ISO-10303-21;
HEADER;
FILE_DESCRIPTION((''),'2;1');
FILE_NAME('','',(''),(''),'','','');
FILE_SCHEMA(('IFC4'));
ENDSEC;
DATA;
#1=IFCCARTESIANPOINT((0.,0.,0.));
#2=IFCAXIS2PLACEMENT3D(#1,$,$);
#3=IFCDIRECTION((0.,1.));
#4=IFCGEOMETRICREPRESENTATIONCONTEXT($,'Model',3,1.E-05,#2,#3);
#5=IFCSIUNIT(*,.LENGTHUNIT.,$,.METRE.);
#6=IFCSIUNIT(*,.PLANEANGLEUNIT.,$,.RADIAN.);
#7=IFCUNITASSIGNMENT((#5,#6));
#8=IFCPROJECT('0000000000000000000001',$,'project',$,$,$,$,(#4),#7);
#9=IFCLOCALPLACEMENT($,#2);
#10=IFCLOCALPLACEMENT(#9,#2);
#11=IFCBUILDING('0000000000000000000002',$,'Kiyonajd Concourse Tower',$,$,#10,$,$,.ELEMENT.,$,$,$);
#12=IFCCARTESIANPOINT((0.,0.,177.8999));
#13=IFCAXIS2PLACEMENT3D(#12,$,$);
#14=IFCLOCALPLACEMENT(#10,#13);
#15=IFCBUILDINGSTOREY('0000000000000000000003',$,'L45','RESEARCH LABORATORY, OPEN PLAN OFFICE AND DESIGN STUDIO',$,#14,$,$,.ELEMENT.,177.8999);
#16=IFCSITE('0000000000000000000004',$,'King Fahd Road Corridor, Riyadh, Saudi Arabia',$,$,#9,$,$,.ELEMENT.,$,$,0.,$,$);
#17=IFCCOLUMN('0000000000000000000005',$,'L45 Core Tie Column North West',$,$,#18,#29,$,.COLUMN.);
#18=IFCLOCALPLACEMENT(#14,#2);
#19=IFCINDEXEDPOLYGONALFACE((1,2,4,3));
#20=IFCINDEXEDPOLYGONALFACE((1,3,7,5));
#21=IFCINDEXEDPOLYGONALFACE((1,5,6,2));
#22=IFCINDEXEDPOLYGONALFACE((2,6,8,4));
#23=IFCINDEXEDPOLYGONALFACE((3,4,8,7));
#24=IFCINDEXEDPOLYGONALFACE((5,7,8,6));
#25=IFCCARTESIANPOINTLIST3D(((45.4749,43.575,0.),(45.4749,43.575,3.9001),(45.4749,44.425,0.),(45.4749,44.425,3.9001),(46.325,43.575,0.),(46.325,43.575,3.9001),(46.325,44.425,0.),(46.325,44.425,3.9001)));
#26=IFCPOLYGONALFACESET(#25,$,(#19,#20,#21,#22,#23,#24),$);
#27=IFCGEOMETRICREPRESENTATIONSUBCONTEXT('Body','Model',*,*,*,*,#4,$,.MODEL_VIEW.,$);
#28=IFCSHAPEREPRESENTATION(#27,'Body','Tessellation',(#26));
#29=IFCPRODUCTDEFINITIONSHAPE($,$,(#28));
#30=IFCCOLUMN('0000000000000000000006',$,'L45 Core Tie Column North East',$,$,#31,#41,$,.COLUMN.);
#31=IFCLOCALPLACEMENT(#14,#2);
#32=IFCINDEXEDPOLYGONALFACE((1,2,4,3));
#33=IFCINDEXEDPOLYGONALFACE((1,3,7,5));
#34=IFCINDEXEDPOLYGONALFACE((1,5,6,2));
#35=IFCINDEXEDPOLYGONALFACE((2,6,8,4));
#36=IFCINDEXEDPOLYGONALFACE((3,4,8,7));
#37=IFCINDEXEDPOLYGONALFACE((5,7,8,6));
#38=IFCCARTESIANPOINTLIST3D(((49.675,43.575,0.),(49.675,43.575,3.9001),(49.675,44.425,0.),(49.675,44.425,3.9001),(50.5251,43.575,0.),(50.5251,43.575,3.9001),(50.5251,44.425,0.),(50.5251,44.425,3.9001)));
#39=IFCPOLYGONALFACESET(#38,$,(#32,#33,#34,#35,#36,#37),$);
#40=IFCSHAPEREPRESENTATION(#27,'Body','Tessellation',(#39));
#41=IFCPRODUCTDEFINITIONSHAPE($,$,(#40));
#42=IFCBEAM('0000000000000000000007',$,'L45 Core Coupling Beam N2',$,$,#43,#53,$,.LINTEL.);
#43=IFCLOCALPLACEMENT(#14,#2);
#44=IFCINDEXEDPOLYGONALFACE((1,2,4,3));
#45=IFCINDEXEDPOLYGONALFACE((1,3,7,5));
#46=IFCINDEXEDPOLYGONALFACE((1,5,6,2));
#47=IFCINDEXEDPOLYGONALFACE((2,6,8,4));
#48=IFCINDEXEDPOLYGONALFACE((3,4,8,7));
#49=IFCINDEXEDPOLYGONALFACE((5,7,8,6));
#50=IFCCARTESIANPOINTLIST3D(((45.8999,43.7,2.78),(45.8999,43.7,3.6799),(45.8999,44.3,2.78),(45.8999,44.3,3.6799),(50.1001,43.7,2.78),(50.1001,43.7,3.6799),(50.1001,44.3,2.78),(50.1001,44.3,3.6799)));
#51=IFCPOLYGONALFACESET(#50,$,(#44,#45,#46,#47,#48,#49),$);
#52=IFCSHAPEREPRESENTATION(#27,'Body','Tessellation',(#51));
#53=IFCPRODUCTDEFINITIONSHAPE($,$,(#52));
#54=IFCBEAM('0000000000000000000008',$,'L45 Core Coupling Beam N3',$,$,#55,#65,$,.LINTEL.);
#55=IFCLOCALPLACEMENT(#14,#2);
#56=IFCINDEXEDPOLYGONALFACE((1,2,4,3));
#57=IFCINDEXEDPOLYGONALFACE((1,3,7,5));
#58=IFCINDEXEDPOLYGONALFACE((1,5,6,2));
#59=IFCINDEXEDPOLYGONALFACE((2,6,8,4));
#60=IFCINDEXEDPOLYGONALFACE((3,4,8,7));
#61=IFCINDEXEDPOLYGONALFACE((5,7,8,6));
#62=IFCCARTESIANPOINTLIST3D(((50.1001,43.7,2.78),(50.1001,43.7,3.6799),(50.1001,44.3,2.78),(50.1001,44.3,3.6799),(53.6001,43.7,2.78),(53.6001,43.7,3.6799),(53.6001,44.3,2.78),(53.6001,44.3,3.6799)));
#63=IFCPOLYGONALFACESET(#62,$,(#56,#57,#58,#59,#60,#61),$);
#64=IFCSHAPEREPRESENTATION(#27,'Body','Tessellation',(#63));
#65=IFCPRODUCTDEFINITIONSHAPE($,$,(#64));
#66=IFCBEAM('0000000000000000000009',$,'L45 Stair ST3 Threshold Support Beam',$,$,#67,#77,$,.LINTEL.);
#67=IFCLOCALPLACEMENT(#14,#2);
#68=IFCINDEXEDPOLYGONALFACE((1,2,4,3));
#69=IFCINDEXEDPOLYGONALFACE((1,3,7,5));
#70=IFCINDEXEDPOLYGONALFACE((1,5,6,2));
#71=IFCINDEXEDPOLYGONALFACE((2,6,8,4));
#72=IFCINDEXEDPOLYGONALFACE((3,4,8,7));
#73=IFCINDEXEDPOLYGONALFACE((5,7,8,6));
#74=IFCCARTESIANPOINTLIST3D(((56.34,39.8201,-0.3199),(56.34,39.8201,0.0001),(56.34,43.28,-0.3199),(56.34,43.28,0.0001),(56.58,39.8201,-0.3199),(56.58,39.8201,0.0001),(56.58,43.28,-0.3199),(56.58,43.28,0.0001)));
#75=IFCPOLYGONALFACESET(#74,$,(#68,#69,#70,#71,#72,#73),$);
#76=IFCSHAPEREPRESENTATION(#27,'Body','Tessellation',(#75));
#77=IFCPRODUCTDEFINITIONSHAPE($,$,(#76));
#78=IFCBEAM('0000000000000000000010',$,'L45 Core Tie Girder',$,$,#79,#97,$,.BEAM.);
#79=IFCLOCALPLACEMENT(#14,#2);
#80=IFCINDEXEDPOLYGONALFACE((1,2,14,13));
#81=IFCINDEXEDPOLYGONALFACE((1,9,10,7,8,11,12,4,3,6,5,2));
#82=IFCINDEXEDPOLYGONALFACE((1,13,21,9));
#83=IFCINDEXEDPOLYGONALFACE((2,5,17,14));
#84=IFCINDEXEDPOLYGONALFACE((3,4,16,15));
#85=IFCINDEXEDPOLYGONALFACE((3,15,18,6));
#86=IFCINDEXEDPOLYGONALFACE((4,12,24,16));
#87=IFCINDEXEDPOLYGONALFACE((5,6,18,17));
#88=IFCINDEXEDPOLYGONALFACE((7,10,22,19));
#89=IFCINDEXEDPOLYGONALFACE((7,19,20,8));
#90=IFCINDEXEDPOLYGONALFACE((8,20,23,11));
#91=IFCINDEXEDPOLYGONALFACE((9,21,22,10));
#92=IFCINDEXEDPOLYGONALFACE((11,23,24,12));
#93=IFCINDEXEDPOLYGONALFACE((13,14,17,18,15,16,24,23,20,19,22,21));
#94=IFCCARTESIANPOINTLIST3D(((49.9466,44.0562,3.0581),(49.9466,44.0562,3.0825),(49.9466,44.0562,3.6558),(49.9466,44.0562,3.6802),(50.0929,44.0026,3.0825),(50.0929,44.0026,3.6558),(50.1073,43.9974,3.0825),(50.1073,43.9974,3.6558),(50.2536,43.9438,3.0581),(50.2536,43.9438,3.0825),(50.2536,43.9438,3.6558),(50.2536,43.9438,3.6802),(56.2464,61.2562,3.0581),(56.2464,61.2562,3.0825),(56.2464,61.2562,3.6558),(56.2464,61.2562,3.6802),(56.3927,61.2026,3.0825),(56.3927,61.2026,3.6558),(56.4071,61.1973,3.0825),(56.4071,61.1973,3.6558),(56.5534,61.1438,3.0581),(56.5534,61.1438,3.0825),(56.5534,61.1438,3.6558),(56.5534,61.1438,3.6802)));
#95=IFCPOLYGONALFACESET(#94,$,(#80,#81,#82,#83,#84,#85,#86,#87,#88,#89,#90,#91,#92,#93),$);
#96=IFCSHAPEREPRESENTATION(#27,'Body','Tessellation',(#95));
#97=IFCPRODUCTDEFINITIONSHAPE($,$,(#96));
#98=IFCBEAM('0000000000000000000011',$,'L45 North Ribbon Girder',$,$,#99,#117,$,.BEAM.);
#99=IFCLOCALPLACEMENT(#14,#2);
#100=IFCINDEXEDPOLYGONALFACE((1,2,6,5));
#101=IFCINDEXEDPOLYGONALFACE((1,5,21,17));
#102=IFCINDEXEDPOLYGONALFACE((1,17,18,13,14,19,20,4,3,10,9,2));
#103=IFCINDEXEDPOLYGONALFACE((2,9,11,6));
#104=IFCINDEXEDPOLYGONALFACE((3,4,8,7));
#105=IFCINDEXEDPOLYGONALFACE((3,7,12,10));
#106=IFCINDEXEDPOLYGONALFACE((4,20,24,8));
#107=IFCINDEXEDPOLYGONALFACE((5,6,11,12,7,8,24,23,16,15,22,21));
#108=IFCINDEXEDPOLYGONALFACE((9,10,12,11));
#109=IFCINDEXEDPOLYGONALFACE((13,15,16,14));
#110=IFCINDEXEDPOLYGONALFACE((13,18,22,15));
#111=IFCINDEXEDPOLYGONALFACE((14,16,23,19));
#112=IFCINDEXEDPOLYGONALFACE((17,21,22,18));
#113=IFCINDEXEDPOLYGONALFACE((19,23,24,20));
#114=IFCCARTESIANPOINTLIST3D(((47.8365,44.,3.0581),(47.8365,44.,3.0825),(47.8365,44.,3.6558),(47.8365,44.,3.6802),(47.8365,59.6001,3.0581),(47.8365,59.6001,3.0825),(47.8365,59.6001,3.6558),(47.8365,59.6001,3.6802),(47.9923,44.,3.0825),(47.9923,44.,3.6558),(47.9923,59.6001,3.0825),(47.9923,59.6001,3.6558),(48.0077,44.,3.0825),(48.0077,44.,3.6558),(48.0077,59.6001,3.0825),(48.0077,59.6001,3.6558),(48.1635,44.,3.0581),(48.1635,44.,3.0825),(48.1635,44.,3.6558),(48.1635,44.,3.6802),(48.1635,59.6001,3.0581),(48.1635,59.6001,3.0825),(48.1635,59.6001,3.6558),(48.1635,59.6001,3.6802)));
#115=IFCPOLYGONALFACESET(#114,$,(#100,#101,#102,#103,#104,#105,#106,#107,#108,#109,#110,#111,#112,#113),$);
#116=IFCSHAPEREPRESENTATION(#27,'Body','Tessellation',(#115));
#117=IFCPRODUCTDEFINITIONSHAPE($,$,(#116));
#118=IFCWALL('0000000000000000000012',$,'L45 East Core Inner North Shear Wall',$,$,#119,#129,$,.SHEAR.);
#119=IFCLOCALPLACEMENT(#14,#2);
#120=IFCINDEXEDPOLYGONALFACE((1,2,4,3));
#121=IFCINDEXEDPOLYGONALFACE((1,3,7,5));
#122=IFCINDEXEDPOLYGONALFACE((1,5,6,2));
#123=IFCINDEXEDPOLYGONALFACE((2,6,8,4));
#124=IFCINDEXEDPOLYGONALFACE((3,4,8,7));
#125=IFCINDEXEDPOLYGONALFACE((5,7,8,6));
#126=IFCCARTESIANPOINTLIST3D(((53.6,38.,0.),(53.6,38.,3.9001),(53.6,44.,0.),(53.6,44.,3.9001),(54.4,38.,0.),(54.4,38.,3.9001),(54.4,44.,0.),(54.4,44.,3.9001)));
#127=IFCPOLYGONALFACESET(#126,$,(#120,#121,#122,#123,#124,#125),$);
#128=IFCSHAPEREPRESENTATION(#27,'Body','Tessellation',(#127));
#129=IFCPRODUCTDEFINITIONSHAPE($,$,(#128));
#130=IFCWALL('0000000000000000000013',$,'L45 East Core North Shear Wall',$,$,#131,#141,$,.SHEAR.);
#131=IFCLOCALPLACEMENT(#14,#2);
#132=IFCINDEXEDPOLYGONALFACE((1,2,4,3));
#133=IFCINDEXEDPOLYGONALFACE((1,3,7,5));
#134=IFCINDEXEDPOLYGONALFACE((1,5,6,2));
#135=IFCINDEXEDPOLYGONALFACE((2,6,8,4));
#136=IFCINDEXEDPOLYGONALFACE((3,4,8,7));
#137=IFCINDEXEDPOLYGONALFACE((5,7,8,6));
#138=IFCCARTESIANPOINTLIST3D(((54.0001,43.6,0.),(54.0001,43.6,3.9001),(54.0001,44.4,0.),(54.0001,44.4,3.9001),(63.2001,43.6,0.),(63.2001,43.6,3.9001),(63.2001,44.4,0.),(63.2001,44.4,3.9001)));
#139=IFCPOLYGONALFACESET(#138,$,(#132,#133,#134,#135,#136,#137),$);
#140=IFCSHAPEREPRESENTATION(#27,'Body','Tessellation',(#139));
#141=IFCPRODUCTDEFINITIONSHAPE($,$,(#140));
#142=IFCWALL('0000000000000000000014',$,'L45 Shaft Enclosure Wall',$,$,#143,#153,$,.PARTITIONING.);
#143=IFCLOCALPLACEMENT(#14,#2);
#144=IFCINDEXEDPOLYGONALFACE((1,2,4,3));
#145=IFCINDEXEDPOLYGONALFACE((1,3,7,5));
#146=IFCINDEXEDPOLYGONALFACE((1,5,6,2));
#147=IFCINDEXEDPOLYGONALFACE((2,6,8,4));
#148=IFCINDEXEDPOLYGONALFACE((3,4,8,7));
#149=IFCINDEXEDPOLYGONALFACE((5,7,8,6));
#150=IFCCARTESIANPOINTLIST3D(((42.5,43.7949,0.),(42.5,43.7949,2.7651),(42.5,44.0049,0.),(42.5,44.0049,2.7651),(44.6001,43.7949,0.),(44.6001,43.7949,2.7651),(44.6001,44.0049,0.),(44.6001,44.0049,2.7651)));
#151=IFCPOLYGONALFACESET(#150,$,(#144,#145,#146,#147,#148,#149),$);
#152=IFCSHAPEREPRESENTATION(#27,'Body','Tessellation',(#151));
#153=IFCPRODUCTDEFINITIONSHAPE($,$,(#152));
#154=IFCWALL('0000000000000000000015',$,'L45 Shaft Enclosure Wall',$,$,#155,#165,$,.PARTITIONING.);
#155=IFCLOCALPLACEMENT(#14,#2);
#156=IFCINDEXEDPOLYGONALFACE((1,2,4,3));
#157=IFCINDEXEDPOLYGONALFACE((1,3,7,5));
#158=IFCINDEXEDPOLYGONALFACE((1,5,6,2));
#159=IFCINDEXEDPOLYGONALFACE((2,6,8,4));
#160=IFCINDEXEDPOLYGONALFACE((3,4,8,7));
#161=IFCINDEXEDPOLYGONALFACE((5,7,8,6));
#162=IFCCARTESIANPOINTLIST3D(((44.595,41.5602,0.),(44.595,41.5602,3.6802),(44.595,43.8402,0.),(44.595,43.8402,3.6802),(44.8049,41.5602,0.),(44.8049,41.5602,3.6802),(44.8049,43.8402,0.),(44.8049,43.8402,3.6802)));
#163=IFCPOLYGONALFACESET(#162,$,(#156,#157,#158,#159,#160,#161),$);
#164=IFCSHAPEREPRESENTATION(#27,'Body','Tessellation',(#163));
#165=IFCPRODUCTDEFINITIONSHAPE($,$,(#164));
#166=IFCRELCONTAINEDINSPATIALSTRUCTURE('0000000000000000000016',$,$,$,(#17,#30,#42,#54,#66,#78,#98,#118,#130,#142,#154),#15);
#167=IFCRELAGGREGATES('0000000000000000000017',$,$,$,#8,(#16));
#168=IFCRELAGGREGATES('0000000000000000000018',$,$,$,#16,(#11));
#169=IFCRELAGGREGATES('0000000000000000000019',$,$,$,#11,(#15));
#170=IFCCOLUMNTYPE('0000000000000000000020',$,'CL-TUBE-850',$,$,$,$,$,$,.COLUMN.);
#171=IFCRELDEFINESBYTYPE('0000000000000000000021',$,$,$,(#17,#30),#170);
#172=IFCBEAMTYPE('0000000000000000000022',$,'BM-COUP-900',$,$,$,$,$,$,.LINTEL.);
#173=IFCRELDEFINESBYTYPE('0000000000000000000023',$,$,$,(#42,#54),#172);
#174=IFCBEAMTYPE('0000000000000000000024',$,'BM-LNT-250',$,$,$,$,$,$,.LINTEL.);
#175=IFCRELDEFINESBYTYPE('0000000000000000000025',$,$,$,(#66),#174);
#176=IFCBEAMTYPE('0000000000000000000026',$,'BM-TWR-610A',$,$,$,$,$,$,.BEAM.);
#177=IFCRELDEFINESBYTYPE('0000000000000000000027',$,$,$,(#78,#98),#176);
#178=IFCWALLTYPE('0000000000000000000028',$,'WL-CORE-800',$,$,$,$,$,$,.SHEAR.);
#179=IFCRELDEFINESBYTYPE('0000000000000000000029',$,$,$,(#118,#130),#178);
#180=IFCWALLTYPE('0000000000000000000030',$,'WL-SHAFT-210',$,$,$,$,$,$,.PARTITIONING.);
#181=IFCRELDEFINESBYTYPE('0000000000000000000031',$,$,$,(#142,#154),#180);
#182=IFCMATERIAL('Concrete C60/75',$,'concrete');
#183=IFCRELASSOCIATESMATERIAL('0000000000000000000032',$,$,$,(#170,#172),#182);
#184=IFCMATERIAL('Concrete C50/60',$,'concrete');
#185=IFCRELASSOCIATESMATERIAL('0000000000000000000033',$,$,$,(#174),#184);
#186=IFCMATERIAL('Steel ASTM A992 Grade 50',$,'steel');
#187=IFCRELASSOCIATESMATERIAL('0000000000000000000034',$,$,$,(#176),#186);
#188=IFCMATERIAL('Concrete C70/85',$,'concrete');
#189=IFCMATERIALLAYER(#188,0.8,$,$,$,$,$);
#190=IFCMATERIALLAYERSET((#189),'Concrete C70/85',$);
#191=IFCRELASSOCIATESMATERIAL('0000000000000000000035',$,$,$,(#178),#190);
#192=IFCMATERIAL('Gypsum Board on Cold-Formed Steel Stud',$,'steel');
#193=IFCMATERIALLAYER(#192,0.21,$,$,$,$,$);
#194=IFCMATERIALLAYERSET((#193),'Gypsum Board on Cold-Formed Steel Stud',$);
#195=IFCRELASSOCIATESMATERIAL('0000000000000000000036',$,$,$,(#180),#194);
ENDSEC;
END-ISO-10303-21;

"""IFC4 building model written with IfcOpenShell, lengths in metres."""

from ifc_helpers import new_model, si_unit, direction, frame, frame_2d, origin, origin_2d, place, context, subcontext, project, spatial, rectangle, i_section, extrude, material, layer, layer_set, material_profile, profile_set, type_object, element, save


model = new_model("IFC4")

# Units and contexts
model_context = context("Model", 3, precision=1e-05, world=origin(), true_north=direction((0.0, 1.0)))
body_context = subcontext(model_context, "Body", "Model", "MODEL_VIEW")
ifc_project = project(units=[si_unit("LENGTHUNIT", "METRE"), si_unit("PLANEANGLEUNIT", "RADIAN")], contexts=[model_context])

# Site, building, storey
site_placement = place(None, origin())
site = spatial("IfcSite", under=ifc_project, at=site_placement, Name="King Fahd Road Corridor, Riyadh, Saudi Arabia", CompositionType="ELEMENT", RefElevation=0.0)
building_placement = place(site_placement, origin())
building = spatial("IfcBuilding", under=site, at=building_placement, Name="Kiyonajd Concourse Tower", CompositionType="ELEMENT")
storey_placement = place(building_placement, frame((0.0, 0.0, 177.8999)))
storey = spatial("IfcBuildingStorey", under=building, at=storey_placement, Name="L45", Description="RESEARCH LABORATORY, OPEN PLAN OFFICE AND DESIGN STUDIO", CompositionType="ELEMENT", Elevation=177.8999)

# Columns
ifc_material_1 = material(Name="Concrete C60/75", Category="concrete")
ifc_material_profile_1 = material_profile(ifc_material_1, rectangle(XDim=0.8501, YDim=0.8501, at=origin_2d()), Name="RC-850x850")
ifc_profile_set_1 = profile_set([ifc_material_profile_1], Name="Concrete C60/75")
column_type = type_object("IfcColumnType", Name="CL-TUBE-850", PredefinedType="COLUMN", material=ifc_profile_set_1)
for number, where, z_axis, x_axis, name in (
    (1, (45.8999, 44.0, 0.0), (0.0, 0.0, 1.0), (1.0, 0.0, 0.0), "L45 Core Tie Column North West"),
    (2, (50.1001, 44.0, 0.0), (0.0, 0.0, 1.0), (1.0, 0.0, 0.0), "L45 Core Tie Column North East"),
):
    element("IfcColumn", number, at=place(storey_placement, frame(where, z_axis=z_axis, x_axis=x_axis)), inside=storey, type_object=column_type, Name=name, PredefinedType="COLUMN", context=body_context, shape_type="SweptSolid", body=[
        extrude(rectangle(XDim=0.8501, YDim=0.8501, at=origin_2d()), origin(), (0.0, 0.0, 1.0), 3.9001),
    ])

# Beams
ifc_material_profile_2 = material_profile(ifc_material_1, rectangle(XDim=0.6001, YDim=0.8999, at=origin_2d()), Name="RCBM-600x900")
ifc_profile_set_2 = profile_set([ifc_material_profile_2], Name="Concrete C60/75")
beam_type_1 = type_object("IfcBeamType", Name="BM-COUP-900", PredefinedType="LINTEL", material=ifc_profile_set_2)
beam_1_placement = place(storey_placement, frame((45.8999, 44.0, 3.23), z_axis=(1.0, 0.0, 0.0), x_axis=(0.0, 1.0, 0.0)))
element("IfcBeam", 3, at=beam_1_placement, inside=storey, type_object=beam_type_1, Name="L45 Core Coupling Beam N2", PredefinedType="LINTEL", context=body_context, shape_type="SweptSolid", body=[
    extrude(rectangle(XDim=0.6001, YDim=0.8999, at=origin_2d()), origin(), (0.0, 0.0, 1.0), 4.2002),
])
beam_2_placement = place(storey_placement, frame((50.1001, 44.0, 3.23), z_axis=(1.0, 0.0, 0.0), x_axis=(0.0, 1.0, 0.0)))
element("IfcBeam", 4, at=beam_2_placement, inside=storey, type_object=beam_type_1, Name="L45 Core Coupling Beam N3", PredefinedType="LINTEL", context=body_context, shape_type="SweptSolid", body=[
    extrude(rectangle(XDim=0.6001, YDim=0.8999, at=origin_2d()), origin(), (0.0, 0.0, 1.0), 3.5),
])
ifc_material_2 = material(Name="Concrete C50/60", Category="concrete")
ifc_material_profile_3 = material_profile(ifc_material_2, rectangle(XDim=0.24, YDim=0.3201, at=origin_2d()), Name="RCBM-240x320")
ifc_profile_set_3 = profile_set([ifc_material_profile_3], Name="Concrete C50/60")
beam_type_2 = type_object("IfcBeamType", Name="BM-LNT-250", PredefinedType="LINTEL", material=ifc_profile_set_3)
beam_3_placement = place(storey_placement, frame((56.46, 39.8201, -0.1599), z_axis=(0.0, 1.0, 0.0), x_axis=(-1.0, 0.0, 0.0)))
element("IfcBeam", 5, at=beam_3_placement, inside=storey, type_object=beam_type_2, Name="L45 Stair ST3 Threshold Support Beam", PredefinedType="LINTEL", context=body_context, shape_type="SweptSolid", body=[
    extrude(rectangle(XDim=0.24, YDim=0.3201, at=origin_2d()), origin(), (0.0, 0.0, 1.0), 3.46),
])
ifc_material_3 = material(Name="Steel ASTM A992 Grade 50", Category="steel")
ifc_material_profile_4 = material_profile(ifc_material_3, i_section(OverallWidth=0.3269, OverallDepth=0.6221, WebThickness=0.0154, FlangeThickness=0.0244, at=origin_2d()), Name="W610X195")
ifc_profile_set_4 = profile_set([ifc_material_profile_4], Name="Steel ASTM A992 Grade 50")
beam_type_3 = type_object("IfcBeamType", Name="BM-TWR-610A", PredefinedType="BEAM", material=ifc_profile_set_4)
beam_4_placement = place(storey_placement, frame((50.1001, 44.0, 3.3691), z_axis=(0.343925, 0.938997, 0.0), x_axis=(-0.938997, 0.343925, 0.0)))
element("IfcBeam", 6, at=beam_4_placement, inside=storey, type_object=beam_type_3, Name="L45 Core Tie Girder", PredefinedType="BEAM", context=body_context, shape_type="SweptSolid", body=[
    extrude(i_section(OverallWidth=0.3269, OverallDepth=0.6221, WebThickness=0.0154, FlangeThickness=0.0244, at=origin_2d()), origin(), (0.0, 0.0, 1.0), 18.3174),
])
beam_5_placement = place(storey_placement, frame((48.0, 44.0, 3.3691), z_axis=(0.0, 1.0, 0.0), x_axis=(-1.0, 0.0, 0.0)))
element("IfcBeam", 7, at=beam_5_placement, inside=storey, type_object=beam_type_3, Name="L45 North Ribbon Girder", PredefinedType="BEAM", context=body_context, shape_type="SweptSolid", body=[
    extrude(i_section(OverallWidth=0.3269, OverallDepth=0.6221, WebThickness=0.0154, FlangeThickness=0.0244, at=origin_2d()), origin(), (0.0, 0.0, 1.0), 15.6001),
])

# Walls
ifc_material_4 = material(Name="Concrete C70/85", Category="concrete")
ifc_layer_1 = layer(ifc_material_4, 0.8)
ifc_layer_set_1 = layer_set([ifc_layer_1], Name="Concrete C70/85")
wall_type_1 = type_object("IfcWallType", Name="WL-CORE-800", PredefinedType="SHEAR", material=ifc_layer_set_1)
wall_1_placement = place(storey_placement, frame((54.0, 38.0, 0.0), z_axis=(0.0, 0.0, 1.0), x_axis=(0.0, 1.0, 0.0)))
element("IfcWall", 8, at=wall_1_placement, inside=storey, type_object=wall_type_1, Name="L45 East Core Inner North Shear Wall", PredefinedType="SHEAR", context=body_context, shape_type="SweptSolid", body=[
    extrude(rectangle(XDim=6.0, YDim=0.8, at=frame_2d((3.0, 0.0))), origin(), (0.0, 0.0, 1.0), 3.9001),
])
wall_2_placement = place(storey_placement, frame((54.0, 44.0, 0.0), z_axis=(0.0, 0.0, 1.0), x_axis=(1.0, 0.0, 0.0)))
element("IfcWall", 9, at=wall_2_placement, inside=storey, type_object=wall_type_1, Name="L45 East Core North Shear Wall", PredefinedType="SHEAR", context=body_context, shape_type="SweptSolid", body=[
    extrude(rectangle(XDim=9.2, YDim=0.8, at=frame_2d((4.6001, 0.0))), origin(), (0.0, 0.0, 1.0), 3.9001),
])
ifc_material_5 = material(Name="Gypsum Board on Cold-Formed Steel Stud", Category="steel")
ifc_layer_2 = layer(ifc_material_5, 0.21)
ifc_layer_set_2 = layer_set([ifc_layer_2], Name="Gypsum Board on Cold-Formed Steel Stud")
wall_type_2 = type_object("IfcWallType", Name="WL-SHAFT-210", PredefinedType="PARTITIONING", material=ifc_layer_set_2)
wall_3_placement = place(storey_placement, frame((42.5, 43.8999, 0.0), z_axis=(0.0, 0.0, 1.0), x_axis=(1.0, 0.0, 0.0)))
element("IfcWall", 10, at=wall_3_placement, inside=storey, type_object=wall_type_2, Name="L45 Shaft Enclosure Wall", PredefinedType="PARTITIONING", context=body_context, shape_type="SweptSolid", body=[
    extrude(rectangle(XDim=2.1001, YDim=0.21, at=frame_2d((1.05, 0.0))), origin(), (0.0, 0.0, 1.0), 2.7651),
])
wall_4_placement = place(storey_placement, frame((44.7, 41.5601, 0.0), z_axis=(0.0, 0.0, 1.0), x_axis=(0.0, 1.0, 0.0)))
element("IfcWall", 11, at=wall_4_placement, inside=storey, type_object=wall_type_2, Name="L45 Shaft Enclosure Wall", PredefinedType="PARTITIONING", context=body_context, shape_type="SweptSolid", body=[
    extrude(rectangle(XDim=2.28, YDim=0.21, at=frame_2d((1.1401, 0.0))), origin(), (0.0, 0.0, 1.0), 3.6802),
])

save(model, "model.ifc")
